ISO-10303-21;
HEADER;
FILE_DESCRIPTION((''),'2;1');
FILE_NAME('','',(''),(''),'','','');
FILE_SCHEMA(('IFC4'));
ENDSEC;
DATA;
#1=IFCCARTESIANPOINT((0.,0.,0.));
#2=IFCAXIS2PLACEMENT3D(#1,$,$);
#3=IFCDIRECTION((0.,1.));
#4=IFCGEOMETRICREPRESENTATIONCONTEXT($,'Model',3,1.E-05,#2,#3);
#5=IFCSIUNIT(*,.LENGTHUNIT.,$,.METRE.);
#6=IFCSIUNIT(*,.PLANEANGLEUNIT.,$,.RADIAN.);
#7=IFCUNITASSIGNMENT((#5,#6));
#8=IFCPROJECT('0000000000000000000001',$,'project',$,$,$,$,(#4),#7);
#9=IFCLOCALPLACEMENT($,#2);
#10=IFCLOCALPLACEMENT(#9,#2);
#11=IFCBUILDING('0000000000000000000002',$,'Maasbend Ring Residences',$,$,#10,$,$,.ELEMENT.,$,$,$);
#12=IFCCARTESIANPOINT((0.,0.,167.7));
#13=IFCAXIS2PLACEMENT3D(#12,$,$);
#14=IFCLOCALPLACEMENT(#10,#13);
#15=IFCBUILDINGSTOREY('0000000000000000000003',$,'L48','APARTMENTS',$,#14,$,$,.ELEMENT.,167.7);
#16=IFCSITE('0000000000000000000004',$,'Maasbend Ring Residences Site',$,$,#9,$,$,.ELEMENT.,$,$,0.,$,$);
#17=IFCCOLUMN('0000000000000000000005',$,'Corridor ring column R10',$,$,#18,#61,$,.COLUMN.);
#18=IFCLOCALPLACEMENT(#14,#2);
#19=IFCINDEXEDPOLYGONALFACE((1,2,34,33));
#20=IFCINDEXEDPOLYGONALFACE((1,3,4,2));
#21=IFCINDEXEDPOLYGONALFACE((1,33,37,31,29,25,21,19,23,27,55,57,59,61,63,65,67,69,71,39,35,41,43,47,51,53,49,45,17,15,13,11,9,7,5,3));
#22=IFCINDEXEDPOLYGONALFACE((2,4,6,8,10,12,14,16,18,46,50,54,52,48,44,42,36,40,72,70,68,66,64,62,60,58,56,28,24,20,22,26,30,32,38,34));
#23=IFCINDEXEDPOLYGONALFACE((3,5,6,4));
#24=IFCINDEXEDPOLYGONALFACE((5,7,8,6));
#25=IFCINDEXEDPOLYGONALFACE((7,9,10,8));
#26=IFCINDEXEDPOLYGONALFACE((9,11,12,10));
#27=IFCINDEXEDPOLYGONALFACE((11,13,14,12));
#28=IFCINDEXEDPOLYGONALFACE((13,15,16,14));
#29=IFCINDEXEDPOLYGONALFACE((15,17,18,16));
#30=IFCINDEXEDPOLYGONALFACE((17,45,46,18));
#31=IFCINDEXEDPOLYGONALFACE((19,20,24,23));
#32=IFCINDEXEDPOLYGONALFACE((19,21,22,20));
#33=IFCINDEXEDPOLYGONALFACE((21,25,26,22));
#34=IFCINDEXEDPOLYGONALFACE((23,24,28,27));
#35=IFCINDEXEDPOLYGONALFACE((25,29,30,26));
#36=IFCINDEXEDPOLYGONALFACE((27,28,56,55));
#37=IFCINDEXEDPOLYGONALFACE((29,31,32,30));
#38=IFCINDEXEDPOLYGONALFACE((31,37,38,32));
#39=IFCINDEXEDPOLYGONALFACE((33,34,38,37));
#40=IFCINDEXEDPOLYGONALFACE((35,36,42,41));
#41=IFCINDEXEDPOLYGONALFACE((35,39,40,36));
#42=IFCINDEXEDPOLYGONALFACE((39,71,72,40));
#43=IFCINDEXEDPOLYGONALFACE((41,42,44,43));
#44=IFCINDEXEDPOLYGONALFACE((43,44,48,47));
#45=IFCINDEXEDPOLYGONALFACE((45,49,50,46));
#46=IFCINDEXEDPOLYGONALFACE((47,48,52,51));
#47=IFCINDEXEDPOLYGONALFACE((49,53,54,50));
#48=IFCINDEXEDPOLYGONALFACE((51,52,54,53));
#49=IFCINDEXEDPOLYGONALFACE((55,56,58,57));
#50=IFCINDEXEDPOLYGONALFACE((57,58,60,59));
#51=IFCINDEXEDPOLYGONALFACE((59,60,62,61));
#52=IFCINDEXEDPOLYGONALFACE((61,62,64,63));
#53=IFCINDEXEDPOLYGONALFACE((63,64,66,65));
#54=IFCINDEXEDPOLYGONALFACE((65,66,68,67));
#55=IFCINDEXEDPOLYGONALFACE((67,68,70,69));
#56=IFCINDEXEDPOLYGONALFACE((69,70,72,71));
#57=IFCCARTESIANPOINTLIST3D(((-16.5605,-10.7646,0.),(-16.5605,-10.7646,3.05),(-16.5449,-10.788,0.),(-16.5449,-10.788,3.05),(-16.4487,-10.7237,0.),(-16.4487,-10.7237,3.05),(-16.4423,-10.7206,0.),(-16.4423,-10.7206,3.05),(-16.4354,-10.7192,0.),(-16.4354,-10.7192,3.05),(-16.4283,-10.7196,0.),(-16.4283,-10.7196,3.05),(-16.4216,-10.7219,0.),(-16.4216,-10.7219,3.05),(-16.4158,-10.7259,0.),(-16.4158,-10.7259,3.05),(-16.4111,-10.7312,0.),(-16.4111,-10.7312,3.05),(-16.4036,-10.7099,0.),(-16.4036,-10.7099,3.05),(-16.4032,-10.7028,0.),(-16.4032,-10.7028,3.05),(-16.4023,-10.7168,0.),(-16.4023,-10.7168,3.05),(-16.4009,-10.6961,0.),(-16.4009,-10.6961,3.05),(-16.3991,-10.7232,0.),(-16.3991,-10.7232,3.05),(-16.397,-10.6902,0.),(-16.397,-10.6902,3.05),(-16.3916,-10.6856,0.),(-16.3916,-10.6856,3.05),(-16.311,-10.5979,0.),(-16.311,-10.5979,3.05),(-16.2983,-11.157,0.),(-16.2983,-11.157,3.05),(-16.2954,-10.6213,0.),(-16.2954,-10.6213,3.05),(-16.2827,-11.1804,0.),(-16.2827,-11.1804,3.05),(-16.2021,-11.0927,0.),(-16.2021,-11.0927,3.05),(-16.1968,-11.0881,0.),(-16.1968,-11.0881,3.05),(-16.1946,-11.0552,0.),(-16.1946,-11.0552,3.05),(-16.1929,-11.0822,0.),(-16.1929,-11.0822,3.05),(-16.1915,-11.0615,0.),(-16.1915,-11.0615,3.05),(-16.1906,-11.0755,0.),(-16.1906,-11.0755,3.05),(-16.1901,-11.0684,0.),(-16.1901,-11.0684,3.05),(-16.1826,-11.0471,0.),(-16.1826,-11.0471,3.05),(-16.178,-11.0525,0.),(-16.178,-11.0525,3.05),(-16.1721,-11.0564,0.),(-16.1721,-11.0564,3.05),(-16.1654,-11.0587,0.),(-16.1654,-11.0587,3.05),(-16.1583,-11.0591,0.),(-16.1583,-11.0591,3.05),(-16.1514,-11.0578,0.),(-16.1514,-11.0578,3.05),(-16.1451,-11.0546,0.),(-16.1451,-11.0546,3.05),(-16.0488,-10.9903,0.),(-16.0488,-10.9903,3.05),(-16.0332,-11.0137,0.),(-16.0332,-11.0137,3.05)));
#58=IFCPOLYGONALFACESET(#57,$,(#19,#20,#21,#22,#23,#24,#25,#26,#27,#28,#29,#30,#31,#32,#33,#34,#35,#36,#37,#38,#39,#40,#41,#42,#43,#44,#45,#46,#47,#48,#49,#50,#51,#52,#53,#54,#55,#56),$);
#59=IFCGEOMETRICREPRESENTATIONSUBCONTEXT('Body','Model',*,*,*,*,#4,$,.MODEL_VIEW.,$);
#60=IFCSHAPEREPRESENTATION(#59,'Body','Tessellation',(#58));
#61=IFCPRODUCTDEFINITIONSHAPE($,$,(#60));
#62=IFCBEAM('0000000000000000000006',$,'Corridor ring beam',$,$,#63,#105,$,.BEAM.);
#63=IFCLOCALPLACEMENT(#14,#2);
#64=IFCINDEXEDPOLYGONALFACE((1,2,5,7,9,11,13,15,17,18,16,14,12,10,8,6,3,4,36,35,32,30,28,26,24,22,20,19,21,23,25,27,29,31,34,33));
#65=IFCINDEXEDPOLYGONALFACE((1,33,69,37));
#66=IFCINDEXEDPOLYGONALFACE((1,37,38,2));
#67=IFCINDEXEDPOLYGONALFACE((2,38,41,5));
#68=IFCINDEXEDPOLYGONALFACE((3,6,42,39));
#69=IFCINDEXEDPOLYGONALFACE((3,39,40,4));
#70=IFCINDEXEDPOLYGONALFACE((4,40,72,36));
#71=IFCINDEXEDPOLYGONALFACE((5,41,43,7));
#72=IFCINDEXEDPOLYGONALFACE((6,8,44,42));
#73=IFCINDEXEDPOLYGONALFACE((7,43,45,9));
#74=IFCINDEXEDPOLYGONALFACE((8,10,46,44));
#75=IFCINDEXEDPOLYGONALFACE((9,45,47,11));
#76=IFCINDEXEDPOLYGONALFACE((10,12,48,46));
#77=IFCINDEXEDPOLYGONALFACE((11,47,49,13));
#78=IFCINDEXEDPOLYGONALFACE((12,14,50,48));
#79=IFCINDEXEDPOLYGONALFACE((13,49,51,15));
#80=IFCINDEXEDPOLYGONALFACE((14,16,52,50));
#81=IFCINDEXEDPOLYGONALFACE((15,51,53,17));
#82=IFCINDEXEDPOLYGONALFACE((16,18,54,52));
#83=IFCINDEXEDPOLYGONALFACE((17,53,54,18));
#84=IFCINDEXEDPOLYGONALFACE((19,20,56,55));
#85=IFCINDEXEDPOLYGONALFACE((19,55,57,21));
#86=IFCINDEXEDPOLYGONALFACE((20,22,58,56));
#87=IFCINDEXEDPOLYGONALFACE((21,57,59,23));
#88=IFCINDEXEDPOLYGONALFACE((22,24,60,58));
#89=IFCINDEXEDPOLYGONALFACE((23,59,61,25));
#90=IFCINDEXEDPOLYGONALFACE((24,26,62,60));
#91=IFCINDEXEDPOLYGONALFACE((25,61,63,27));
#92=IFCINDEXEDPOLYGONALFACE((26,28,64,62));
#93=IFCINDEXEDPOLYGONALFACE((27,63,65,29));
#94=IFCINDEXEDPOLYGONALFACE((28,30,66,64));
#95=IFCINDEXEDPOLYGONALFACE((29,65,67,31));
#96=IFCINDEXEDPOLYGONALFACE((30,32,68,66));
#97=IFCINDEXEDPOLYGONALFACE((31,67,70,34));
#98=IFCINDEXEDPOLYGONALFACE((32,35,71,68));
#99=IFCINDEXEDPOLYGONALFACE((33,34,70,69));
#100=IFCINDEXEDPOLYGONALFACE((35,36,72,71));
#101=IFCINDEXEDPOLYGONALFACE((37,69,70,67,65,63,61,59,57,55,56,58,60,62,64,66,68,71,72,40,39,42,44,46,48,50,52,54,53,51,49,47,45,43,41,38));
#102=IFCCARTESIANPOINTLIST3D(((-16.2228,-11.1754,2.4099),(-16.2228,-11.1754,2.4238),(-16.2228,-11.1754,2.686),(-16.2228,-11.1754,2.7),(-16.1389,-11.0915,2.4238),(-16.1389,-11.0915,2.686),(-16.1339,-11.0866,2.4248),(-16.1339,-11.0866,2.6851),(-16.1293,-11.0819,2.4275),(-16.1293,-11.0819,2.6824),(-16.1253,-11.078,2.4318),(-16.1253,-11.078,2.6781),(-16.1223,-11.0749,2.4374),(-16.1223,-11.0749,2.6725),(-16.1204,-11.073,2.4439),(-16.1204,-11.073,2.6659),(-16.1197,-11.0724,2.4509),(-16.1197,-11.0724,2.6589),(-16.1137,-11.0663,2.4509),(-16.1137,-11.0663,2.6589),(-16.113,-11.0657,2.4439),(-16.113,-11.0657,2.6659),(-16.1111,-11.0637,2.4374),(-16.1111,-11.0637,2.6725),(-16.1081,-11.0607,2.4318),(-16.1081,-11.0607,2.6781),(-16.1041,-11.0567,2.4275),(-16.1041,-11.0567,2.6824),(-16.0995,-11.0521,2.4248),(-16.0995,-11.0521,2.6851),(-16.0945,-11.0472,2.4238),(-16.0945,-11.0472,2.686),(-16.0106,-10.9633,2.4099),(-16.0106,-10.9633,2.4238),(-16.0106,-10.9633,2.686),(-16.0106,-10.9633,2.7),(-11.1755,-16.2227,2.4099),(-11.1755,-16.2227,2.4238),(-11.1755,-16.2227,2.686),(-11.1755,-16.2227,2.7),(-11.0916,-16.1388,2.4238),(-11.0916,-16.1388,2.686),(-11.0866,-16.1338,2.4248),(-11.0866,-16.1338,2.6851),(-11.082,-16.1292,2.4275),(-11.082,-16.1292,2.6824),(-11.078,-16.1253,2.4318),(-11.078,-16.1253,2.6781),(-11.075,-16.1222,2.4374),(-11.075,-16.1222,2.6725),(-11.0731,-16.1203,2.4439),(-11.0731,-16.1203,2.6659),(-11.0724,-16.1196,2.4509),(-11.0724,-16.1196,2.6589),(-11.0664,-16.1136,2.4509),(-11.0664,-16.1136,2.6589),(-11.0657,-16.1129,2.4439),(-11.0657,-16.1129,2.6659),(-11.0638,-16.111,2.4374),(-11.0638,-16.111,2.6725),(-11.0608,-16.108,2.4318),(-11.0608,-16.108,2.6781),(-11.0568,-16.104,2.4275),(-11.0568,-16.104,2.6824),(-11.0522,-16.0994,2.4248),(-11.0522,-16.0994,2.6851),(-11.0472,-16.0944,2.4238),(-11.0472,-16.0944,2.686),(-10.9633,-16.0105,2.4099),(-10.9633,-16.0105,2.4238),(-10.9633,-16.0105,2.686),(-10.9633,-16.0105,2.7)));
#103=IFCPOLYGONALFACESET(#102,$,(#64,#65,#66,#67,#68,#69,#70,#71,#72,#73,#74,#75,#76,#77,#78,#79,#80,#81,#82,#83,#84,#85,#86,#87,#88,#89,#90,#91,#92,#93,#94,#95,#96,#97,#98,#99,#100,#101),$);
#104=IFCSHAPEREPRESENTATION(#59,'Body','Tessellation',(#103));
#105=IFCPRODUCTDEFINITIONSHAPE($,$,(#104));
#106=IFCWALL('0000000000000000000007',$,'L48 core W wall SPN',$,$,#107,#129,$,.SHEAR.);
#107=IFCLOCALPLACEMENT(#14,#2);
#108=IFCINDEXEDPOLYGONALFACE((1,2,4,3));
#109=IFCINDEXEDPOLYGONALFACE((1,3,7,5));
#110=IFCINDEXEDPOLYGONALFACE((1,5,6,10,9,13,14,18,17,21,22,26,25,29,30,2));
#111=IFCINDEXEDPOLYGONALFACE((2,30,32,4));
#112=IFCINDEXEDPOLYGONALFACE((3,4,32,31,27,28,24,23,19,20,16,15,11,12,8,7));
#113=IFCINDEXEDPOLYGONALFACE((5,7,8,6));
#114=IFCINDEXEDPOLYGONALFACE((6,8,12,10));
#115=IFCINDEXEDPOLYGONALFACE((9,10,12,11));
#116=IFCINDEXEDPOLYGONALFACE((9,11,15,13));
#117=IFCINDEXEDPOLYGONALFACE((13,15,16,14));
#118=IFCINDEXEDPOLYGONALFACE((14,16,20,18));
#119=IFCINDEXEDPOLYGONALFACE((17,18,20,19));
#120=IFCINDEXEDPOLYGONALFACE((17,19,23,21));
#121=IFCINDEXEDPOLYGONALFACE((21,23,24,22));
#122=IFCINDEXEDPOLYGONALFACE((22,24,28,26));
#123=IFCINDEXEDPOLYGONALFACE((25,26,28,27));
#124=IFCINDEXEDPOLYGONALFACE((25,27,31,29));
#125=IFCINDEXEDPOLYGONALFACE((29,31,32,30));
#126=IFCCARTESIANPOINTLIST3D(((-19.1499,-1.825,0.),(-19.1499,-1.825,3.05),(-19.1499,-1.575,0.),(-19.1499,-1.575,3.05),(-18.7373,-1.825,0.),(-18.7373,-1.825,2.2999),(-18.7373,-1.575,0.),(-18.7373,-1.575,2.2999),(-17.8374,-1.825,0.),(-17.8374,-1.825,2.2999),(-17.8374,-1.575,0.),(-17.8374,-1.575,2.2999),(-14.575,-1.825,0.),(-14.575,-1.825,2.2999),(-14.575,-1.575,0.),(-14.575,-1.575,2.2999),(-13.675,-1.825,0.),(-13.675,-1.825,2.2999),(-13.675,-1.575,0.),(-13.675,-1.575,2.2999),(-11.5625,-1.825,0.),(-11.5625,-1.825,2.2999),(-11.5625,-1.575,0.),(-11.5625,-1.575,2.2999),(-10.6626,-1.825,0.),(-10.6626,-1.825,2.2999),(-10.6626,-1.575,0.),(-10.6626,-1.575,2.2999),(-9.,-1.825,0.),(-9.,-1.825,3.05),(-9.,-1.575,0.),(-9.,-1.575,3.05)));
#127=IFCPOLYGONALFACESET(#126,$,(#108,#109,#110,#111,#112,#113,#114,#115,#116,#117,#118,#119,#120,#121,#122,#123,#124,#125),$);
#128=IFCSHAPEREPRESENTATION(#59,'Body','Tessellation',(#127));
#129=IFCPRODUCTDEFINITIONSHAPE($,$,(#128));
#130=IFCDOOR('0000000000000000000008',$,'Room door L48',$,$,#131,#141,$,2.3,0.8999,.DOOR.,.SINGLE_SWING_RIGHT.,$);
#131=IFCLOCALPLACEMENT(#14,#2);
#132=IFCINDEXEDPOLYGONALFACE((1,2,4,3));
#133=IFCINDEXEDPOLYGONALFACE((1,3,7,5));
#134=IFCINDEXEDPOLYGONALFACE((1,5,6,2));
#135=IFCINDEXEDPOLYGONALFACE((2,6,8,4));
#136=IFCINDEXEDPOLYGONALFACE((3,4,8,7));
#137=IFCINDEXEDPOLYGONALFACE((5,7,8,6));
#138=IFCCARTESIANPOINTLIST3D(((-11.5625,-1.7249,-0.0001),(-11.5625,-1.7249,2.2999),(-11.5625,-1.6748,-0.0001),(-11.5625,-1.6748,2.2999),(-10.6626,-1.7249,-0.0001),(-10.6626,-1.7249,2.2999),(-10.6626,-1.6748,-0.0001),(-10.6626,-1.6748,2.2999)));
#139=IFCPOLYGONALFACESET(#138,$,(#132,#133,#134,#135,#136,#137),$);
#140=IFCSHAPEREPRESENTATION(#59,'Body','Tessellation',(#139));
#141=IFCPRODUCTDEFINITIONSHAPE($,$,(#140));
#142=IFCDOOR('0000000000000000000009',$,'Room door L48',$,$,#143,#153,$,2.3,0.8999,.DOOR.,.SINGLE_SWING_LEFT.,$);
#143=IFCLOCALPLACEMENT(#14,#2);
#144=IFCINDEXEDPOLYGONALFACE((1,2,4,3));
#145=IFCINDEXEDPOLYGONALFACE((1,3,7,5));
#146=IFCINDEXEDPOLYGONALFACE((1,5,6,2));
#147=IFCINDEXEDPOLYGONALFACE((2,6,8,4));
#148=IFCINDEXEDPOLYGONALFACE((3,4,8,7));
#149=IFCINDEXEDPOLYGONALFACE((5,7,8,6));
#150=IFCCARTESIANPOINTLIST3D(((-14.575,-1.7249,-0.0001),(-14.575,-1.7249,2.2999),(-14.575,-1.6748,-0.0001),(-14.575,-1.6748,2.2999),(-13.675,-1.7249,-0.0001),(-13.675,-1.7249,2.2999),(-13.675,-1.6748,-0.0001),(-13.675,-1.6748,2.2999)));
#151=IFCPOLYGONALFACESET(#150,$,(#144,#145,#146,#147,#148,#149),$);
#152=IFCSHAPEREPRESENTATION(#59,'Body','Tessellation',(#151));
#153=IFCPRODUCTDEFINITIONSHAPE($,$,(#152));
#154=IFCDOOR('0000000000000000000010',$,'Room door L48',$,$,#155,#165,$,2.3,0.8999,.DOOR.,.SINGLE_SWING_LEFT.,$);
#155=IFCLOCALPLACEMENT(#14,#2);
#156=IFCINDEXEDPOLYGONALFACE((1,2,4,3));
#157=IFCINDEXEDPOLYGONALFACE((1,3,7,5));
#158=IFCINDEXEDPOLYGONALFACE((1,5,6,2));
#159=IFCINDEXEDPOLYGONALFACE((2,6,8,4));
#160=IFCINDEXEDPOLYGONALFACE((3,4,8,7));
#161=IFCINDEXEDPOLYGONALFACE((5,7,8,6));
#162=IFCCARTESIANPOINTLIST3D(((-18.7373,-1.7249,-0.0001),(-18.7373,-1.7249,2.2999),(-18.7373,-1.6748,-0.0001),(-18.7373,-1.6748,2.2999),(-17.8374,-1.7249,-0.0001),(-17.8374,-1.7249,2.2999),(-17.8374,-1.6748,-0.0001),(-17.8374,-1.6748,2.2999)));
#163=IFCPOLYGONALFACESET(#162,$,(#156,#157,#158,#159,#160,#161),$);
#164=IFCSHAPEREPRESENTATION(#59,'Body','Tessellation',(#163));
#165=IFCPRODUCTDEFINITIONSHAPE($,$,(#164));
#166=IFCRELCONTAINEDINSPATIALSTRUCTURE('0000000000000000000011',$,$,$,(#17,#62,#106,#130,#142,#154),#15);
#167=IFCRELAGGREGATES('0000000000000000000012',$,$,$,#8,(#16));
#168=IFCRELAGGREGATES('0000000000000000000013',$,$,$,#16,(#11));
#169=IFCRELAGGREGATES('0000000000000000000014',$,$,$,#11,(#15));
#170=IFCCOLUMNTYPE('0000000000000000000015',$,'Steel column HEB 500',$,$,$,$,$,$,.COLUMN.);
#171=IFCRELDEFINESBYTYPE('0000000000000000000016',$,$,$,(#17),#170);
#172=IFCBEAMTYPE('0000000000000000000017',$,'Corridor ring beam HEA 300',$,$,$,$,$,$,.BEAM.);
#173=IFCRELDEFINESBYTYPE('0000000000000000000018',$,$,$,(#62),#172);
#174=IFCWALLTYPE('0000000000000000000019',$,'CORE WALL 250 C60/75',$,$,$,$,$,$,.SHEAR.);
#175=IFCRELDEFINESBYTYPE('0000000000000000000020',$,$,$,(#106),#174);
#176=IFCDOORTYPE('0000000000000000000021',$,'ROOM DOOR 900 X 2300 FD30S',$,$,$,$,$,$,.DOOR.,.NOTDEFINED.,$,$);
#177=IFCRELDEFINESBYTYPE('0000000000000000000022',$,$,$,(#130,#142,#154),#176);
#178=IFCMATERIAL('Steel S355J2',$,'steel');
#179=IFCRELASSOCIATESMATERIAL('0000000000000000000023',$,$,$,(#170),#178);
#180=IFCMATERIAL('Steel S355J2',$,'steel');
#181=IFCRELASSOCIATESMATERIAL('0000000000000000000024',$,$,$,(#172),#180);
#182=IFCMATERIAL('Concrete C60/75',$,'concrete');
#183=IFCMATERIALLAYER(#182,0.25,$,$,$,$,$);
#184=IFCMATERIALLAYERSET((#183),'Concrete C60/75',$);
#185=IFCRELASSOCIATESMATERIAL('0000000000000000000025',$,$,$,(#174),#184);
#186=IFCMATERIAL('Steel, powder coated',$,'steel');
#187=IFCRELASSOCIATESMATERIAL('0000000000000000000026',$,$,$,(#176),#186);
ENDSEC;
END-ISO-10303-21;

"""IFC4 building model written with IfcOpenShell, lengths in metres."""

from ifc_helpers import new_model, si_unit, direction, frame, frame_2d, origin, origin_2d, place, context, subcontext, project, spatial, rectangle, i_section, extrude, material, layer, layer_set, material_profile, profile_set, type_object, element, fill, save


model = new_model("IFC4")

# Units and contexts
model_context = context("Model", 3, precision=1e-05, world=origin(), true_north=direction((0.0, 1.0)))
body_context = subcontext(model_context, "Body", "Model", "MODEL_VIEW")
ifc_project = project(units=[si_unit("LENGTHUNIT", "METRE"), si_unit("PLANEANGLEUNIT", "RADIAN")], contexts=[model_context])

# Site, building, storey
site_placement = place(None, origin())
site = spatial("IfcSite", under=ifc_project, at=site_placement, Name="Maasbend Ring Residences Site", CompositionType="ELEMENT", RefElevation=0.0)
building_placement = place(site_placement, origin())
building = spatial("IfcBuilding", under=site, at=building_placement, Name="Maasbend Ring Residences", CompositionType="ELEMENT")
storey_placement = place(building_placement, frame((0.0, 0.0, 167.7)))
storey = spatial("IfcBuildingStorey", under=building, at=storey_placement, Name="L48", Description="APARTMENTS", CompositionType="ELEMENT", Elevation=167.7)

# Column
ifc_material_1 = material(Name="Steel S355J2", Category="steel")
ifc_material_profile_1 = material_profile(ifc_material_1, i_section(OverallWidth=0.3, OverallDepth=0.5, WebThickness=0.0144, FlangeThickness=0.0281, FilletRadius=0.0271, at=origin_2d()), Name="HEB 500")
ifc_profile_set_1 = profile_set([ifc_material_profile_1], Name="Steel S355J2")
column_type = type_object("IfcColumnType", Name="Steel column HEB 500", PredefinedType="COLUMN", material=ifc_profile_set_1)
column_placement = place(storey_placement, frame((-16.2969, -10.8892, 0.0), z_axis=(0.0, 0.0, 1.0), x_axis=(-0.83147, -0.55557, 0.0)))
element("IfcColumn", 1, at=column_placement, inside=storey, type_object=column_type, Name="Corridor ring column R10", PredefinedType="COLUMN", context=body_context, shape_type="SweptSolid", body=[
    extrude(i_section(OverallWidth=0.3, OverallDepth=0.5, WebThickness=0.0144, FlangeThickness=0.0281, FilletRadius=0.0271, at=origin_2d()), origin(), (0.0, 0.0, 1.0), 3.05),
])

# Beam
ifc_material_2 = material(Name="Steel S355J2", Category="steel")
ifc_material_profile_2 = material_profile(ifc_material_2, i_section(OverallWidth=0.3, OverallDepth=0.29, WebThickness=0.0085, FlangeThickness=0.0139, FilletRadius=0.0271, at=origin_2d()), Name="HEA 300")
ifc_profile_set_2 = profile_set([ifc_material_profile_2], Name="Steel S355J2")
beam_type = type_object("IfcBeamType", Name="Corridor ring beam HEA 300", PredefinedType="BEAM", material=ifc_profile_set_2)
beam_placement = place(storey_placement, frame((-16.1167, -11.0693, 2.5549), z_axis=(0.707107, -0.707107, 0.0), x_axis=(0.707107, 0.707107, 0.0)))
element("IfcBeam", 2, at=beam_placement, inside=storey, type_object=beam_type, Name="Corridor ring beam", PredefinedType="BEAM", context=body_context, shape_type="SweptSolid", body=[
    extrude(i_section(OverallWidth=0.3, OverallDepth=0.29, WebThickness=0.0085, FlangeThickness=0.0139, FilletRadius=0.0271, at=origin_2d()), origin(), (0.0, 0.0, 1.0), 7.1379),
])

# Wall, openings, doors
ifc_material_3 = material(Name="Concrete C60/75", Category="concrete")
ifc_layer_1 = layer(ifc_material_3, 0.25)
ifc_layer_set_1 = layer_set([ifc_layer_1], Name="Concrete C60/75")
wall_type_1 = type_object("IfcWallType", Name="CORE WALL 250 C60/75", PredefinedType="SHEAR", material=ifc_layer_set_1)
wall_1_placement = place(storey_placement, frame((-9.0, -1.7, 0.0), z_axis=(0.0, 0.0, 1.0), x_axis=(-1.0, 0.0, 0.0)))
wall_1 = element("IfcWall", 3, at=wall_1_placement, inside=storey, type_object=wall_type_1, Name="L48 core W wall SPN", PredefinedType="SHEAR", context=body_context, shape_type="SweptSolid", body=[
    extrude(rectangle(XDim=10.1499, YDim=0.25, at=frame_2d((5.075, 0.0))), origin(), (0.0, 0.0, 1.0), 3.05),
])
opening_1_placement = place(wall_1_placement, frame((1.6626, 0.0, 0.0)))
opening_1 = element("IfcOpeningElement", 4, at=opening_1_placement, cuts=wall_1, PredefinedType="OPENING", context=body_context, shape_type="SweptSolid", body=[
    extrude(rectangle(XDim=0.8999, YDim=2.3, at=frame_2d((0.45, 1.1499))), frame((0.0, 0.135, 0.0), z_axis=(0.0, -1.0, 0.0), x_axis=(1.0, 0.0, 0.0)), (0.0, 0.0, 1.0), 0.27),
])
opening_2_placement = place(wall_1_placement, frame((4.675, 0.0, 0.0)))
opening_2 = element("IfcOpeningElement", 5, at=opening_2_placement, cuts=wall_1, PredefinedType="OPENING", context=body_context, shape_type="SweptSolid", body=[
    extrude(rectangle(XDim=0.8999, YDim=2.3, at=frame_2d((0.45, 1.1499))), frame((0.0, 0.135, 0.0), z_axis=(0.0, -1.0, 0.0), x_axis=(1.0, 0.0, 0.0)), (0.0, 0.0, 1.0), 0.27),
])
opening_3_placement = place(wall_1_placement, frame((8.8374, 0.0, 0.0)))
opening_3 = element("IfcOpeningElement", 6, at=opening_3_placement, cuts=wall_1, PredefinedType="OPENING", context=body_context, shape_type="SweptSolid", body=[
    extrude(rectangle(XDim=0.8999, YDim=2.3, at=frame_2d((0.45, 1.1499))), frame((0.0, 0.135, 0.0), z_axis=(0.0, -1.0, 0.0), x_axis=(1.0, 0.0, 0.0)), (0.0, 0.0, 1.0), 0.27),
])
ifc_material_4 = material(Name="Steel, powder coated", Category="steel")
door_type_1 = type_object("IfcDoorType", Name="ROOM DOOR 900 X 2300 FD30S", OperationType="NOTDEFINED", PredefinedType="DOOR", material=ifc_material_4)
door_1_placement = place(opening_1_placement, origin())
door_1 = element("IfcDoor", 7, at=door_1_placement, inside=storey, type_object=door_type_1, Name="Room door L48", OperationType="SINGLE_SWING_RIGHT", OverallHeight=2.3, OverallWidth=0.8999, PredefinedType="DOOR", context=body_context, shape_type="SweptSolid", body=[
    extrude(rectangle(XDim=0.8999, YDim=2.3, at=frame_2d((0.45, 1.1499))), frame((0.0, 0.0249, 0.0), z_axis=(0.0, -1.0, 0.0), x_axis=(1.0, 0.0, 0.0)), (0.0, 0.0, 1.0), 0.05),
])
fill(opening_1, door_1)
door_2_placement = place(opening_2_placement, origin())
door_2 = element("IfcDoor", 8, at=door_2_placement, inside=storey, type_object=door_type_1, Name="Room door L48", OperationType="SINGLE_SWING_LEFT", OverallHeight=2.3, OverallWidth=0.8999, PredefinedType="DOOR", context=body_context, shape_type="SweptSolid", body=[
    extrude(rectangle(XDim=0.8999, YDim=2.3, at=frame_2d((0.45, 1.1499))), frame((0.0, 0.0249, 0.0), z_axis=(0.0, -1.0, 0.0), x_axis=(1.0, 0.0, 0.0)), (0.0, 0.0, 1.0), 0.05),
])
fill(opening_2, door_2)
door_3_placement = place(opening_3_placement, origin())
door_3 = element("IfcDoor", 9, at=door_3_placement, inside=storey, type_object=door_type_1, Name="Room door L48", OperationType="SINGLE_SWING_LEFT", OverallHeight=2.3, OverallWidth=0.8999, PredefinedType="DOOR", context=body_context, shape_type="SweptSolid", body=[
    extrude(rectangle(XDim=0.8999, YDim=2.3, at=frame_2d((0.45, 1.1499))), frame((0.0, 0.0249, 0.0), z_axis=(0.0, -1.0, 0.0), x_axis=(1.0, 0.0, 0.0)), (0.0, 0.0, 1.0), 0.05),
])
fill(opening_3, door_3)

save(model, "model.ifc")
